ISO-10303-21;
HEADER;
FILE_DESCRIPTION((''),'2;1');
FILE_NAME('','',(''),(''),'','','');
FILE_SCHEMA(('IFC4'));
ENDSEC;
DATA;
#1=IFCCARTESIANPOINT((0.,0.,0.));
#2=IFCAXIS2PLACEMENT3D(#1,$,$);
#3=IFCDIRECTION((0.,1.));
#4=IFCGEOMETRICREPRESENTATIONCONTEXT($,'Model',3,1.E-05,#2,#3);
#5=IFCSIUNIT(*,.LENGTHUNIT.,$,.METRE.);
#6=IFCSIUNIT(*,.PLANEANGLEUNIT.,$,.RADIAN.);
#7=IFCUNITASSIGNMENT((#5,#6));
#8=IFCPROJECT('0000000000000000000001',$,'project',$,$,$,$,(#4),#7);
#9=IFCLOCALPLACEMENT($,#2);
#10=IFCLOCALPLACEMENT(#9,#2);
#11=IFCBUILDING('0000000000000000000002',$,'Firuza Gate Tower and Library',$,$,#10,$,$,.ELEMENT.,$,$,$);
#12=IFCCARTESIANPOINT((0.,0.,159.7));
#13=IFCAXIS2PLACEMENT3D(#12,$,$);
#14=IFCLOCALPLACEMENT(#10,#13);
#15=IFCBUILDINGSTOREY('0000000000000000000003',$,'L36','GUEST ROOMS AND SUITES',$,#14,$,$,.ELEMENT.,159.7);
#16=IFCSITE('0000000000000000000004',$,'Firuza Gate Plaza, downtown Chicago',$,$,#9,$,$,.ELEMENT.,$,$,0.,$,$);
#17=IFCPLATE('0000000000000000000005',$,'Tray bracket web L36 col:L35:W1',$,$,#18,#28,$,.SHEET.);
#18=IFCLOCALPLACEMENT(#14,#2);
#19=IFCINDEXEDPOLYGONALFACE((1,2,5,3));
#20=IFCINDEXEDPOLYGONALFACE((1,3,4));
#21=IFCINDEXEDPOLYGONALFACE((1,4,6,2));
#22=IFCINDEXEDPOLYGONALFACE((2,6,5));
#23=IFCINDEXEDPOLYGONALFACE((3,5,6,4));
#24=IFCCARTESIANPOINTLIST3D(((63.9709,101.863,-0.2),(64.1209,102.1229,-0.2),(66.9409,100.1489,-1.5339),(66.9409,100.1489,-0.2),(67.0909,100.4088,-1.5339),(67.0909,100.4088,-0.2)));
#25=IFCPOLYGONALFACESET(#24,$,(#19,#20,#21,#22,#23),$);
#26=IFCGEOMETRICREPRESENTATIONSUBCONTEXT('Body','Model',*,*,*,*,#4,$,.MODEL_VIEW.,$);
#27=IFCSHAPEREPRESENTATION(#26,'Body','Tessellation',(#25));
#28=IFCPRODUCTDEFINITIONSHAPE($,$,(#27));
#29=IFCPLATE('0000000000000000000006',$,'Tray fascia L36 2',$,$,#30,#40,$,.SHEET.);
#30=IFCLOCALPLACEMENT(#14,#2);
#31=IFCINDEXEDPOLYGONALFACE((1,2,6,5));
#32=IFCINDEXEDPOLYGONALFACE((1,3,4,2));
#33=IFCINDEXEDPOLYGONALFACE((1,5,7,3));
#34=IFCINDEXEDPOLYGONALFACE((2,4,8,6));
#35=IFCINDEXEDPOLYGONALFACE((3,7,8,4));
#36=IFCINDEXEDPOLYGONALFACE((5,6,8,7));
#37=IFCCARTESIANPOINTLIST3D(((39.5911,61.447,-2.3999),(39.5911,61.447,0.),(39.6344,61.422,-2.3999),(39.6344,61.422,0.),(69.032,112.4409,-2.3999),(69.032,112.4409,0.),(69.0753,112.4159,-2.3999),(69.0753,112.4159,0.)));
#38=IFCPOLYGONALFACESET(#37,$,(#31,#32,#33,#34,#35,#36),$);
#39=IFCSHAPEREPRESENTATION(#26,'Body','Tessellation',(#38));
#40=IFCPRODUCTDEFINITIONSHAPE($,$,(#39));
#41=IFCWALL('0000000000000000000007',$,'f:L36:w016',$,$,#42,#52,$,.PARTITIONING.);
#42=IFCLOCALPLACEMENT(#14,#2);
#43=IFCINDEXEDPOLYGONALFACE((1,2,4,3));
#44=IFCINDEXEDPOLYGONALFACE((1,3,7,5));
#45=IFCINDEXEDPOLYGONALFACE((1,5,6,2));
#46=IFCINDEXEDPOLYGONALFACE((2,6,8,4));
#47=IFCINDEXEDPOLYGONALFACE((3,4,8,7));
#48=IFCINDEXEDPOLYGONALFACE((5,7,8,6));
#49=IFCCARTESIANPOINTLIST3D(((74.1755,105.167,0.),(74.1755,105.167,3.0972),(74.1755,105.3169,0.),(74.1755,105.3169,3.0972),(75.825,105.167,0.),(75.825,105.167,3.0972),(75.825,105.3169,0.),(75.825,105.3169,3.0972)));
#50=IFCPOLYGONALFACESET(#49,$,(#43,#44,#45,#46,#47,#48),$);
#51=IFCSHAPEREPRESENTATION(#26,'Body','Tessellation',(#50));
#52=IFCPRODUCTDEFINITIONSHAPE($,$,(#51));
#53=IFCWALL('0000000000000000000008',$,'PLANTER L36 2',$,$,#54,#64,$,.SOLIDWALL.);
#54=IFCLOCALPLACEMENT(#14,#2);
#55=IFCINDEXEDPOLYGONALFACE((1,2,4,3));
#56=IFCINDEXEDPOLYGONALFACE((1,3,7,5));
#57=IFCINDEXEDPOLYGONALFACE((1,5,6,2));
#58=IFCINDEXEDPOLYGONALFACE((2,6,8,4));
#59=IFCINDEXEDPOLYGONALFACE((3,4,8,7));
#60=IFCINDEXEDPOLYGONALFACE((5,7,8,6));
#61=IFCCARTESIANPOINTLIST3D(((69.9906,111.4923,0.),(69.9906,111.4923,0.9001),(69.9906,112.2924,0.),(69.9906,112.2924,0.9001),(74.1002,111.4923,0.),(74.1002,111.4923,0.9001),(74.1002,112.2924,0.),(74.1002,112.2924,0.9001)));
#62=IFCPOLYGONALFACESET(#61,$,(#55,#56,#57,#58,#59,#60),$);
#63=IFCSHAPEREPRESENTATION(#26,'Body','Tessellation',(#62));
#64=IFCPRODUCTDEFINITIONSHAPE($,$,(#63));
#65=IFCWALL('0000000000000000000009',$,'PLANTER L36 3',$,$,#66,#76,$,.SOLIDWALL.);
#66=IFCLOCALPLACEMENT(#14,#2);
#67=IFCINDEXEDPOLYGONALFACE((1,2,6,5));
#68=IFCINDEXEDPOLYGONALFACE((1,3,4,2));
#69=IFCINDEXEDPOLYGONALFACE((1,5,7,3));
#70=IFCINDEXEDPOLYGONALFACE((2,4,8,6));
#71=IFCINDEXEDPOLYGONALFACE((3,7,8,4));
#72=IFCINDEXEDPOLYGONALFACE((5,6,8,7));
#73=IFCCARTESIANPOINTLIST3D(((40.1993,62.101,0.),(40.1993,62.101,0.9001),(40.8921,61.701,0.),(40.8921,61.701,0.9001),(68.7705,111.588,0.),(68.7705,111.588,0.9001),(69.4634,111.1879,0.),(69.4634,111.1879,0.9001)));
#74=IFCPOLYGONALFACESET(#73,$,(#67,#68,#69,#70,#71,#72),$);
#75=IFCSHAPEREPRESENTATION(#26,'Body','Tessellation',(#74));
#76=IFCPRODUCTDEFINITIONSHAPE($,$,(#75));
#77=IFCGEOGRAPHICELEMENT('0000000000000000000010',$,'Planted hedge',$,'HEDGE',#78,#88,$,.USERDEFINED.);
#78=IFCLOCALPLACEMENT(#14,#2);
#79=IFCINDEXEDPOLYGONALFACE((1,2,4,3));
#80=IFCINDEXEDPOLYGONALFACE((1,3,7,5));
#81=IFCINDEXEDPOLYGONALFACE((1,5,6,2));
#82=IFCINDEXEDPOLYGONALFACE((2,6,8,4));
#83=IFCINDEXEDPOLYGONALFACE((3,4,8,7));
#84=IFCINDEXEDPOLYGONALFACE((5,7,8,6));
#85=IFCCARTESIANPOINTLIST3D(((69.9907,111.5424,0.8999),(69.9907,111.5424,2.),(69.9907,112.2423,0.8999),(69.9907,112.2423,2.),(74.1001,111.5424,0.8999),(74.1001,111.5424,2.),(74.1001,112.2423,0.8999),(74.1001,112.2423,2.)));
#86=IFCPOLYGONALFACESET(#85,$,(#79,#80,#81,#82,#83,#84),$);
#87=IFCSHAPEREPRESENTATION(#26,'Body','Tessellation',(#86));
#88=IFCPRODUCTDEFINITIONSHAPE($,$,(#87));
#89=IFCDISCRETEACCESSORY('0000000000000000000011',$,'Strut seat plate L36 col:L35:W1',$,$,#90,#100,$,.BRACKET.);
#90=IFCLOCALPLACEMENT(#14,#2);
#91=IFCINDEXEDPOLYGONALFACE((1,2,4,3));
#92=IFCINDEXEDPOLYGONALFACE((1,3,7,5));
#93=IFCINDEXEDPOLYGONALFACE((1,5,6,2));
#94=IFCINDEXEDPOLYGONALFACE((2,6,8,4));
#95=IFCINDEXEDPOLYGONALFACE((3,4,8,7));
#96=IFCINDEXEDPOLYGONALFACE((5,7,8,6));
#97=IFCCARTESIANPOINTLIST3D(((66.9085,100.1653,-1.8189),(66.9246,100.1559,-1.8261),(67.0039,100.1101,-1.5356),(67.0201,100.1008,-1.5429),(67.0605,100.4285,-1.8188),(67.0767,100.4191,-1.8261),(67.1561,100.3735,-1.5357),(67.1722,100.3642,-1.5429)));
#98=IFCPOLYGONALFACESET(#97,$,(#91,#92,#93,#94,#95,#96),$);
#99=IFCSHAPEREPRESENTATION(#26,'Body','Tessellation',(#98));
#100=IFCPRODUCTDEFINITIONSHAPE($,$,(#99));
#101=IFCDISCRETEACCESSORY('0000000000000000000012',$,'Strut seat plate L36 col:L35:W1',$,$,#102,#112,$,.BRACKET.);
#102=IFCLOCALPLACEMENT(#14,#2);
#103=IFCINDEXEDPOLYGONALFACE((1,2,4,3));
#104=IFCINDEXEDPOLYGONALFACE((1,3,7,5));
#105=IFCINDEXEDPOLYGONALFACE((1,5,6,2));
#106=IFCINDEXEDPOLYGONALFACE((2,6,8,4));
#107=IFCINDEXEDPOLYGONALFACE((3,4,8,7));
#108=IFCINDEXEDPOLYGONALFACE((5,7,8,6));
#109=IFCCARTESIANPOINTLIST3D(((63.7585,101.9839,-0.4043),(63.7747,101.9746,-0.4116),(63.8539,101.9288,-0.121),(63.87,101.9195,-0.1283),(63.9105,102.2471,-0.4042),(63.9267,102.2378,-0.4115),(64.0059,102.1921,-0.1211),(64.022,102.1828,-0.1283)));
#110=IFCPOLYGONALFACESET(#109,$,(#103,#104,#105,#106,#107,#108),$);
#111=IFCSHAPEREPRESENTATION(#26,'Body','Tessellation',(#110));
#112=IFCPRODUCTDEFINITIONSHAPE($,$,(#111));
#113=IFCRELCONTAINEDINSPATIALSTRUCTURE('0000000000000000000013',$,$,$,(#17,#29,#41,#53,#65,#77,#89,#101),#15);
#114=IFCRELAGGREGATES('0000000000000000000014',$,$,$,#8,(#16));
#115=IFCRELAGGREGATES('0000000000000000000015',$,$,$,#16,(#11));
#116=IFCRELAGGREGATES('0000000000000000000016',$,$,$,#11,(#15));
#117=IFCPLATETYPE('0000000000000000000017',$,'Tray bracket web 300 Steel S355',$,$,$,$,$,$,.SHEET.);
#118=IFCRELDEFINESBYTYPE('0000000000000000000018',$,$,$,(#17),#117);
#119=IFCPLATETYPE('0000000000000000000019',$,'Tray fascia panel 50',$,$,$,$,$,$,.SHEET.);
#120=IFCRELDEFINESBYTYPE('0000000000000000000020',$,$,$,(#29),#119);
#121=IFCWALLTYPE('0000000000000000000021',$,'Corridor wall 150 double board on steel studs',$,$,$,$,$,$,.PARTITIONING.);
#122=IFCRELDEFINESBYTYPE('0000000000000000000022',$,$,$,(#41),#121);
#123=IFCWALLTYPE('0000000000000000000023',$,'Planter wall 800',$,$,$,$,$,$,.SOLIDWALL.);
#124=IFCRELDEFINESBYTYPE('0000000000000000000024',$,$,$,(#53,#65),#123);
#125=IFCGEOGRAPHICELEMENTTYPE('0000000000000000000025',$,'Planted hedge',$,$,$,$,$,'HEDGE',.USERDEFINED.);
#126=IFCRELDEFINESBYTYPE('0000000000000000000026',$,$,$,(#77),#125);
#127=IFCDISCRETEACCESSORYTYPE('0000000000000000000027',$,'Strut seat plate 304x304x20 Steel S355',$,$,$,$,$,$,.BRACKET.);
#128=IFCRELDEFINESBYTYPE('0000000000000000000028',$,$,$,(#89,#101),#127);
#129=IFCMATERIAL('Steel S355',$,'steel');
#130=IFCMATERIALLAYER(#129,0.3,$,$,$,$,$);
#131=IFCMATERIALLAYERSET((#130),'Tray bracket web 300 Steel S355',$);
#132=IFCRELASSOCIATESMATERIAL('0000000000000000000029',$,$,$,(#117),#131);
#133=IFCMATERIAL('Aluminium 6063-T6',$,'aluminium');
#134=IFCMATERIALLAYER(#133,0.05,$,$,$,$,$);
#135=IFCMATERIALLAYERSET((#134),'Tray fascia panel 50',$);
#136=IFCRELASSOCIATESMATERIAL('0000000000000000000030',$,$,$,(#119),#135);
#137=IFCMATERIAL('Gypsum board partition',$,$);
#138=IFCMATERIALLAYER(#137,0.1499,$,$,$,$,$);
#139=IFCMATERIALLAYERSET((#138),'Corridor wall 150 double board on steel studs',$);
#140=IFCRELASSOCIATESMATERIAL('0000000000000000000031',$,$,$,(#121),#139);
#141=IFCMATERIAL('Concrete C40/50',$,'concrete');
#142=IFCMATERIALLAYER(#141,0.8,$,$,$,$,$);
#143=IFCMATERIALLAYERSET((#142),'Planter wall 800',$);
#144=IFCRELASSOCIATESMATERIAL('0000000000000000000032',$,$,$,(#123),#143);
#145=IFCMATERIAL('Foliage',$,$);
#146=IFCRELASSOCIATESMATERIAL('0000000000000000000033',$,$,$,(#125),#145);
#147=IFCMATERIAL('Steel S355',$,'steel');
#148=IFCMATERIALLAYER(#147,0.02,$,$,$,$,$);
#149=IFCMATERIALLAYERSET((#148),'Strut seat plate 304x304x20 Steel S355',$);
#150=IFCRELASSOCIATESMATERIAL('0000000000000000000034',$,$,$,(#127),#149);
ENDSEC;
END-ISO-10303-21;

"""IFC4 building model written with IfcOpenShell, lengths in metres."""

from ifc_helpers import new_model, si_unit, direction, frame, frame_2d, origin, origin_2d, place, context, subcontext, project, spatial, polyline, rectangle, outline, extrude, material, layer, layer_set, type_object, element, save


model = new_model("IFC4")

# Units and contexts
model_context = context("Model", 3, precision=1e-05, world=origin(), true_north=direction((0.0, 1.0)))
body_context = subcontext(model_context, "Body", "Model", "MODEL_VIEW")
ifc_project = project(units=[si_unit("LENGTHUNIT", "METRE"), si_unit("PLANEANGLEUNIT", "RADIAN")], contexts=[model_context])

# Site, building, storey
site_placement = place(None, origin())
site = spatial("IfcSite", under=ifc_project, at=site_placement, Name="Firuza Gate Plaza, downtown Chicago", CompositionType="ELEMENT", RefElevation=0.0)
building_placement = place(site_placement, origin())
building = spatial("IfcBuilding", under=site, at=building_placement, Name="Firuza Gate Tower and Library", CompositionType="ELEMENT")
storey_placement = place(building_placement, frame((0.0, 0.0, 159.7)))
storey = spatial("IfcBuildingStorey", under=building, at=storey_placement, Name="L36", Description="GUEST ROOMS AND SUITES", CompositionType="ELEMENT", Elevation=159.7)

# Plates
ifc_material_1 = material(Name="Steel S355", Category="steel")
ifc_layer_1 = layer(ifc_material_1, 0.3)
ifc_layer_set_1 = layer_set([ifc_layer_1], Name="Tray bracket web 300 Steel S355")
plate_type_1 = type_object("IfcPlateType", Name="Tray bracket web 300 Steel S355", PredefinedType="SHEET", material=ifc_layer_set_1)
plate_1_placement = place(storey_placement, frame((66.9409, 100.1489, -0.2), z_axis=(-0.499868, -0.866101, 0.0), x_axis=(-0.866101, 0.499868, 0.0)))
element("IfcPlate", 1, at=plate_1_placement, inside=storey, type_object=plate_type_1, Name="Tray bracket web L36 col:L35:W1", PredefinedType="SHEET", context=body_context, shape_type="SweptSolid", body=[
    extrude(outline(polyline([(0.0, 0.0), (3.4291, 0.0), (0.0, 1.334), (0.0, 0.0)])), origin(), (0.0, 0.0, -1.0), 0.3),
])
ifc_material_2 = material(Name="Aluminium 6063-T6", Category="aluminium")
ifc_layer_2 = layer(ifc_material_2, 0.05)
ifc_layer_set_2 = layer_set([ifc_layer_2], Name="Tray fascia panel 50")
plate_type_2 = type_object("IfcPlateType", Name="Tray fascia panel 50", PredefinedType="SHEET", material=ifc_layer_set_2)
plate_2_placement = place(storey_placement, frame((69.032, 112.4409, -2.3999), z_axis=(-0.866029, 0.499995, 0.0), x_axis=(-0.499995, -0.866029, 0.0)))
element("IfcPlate", 2, at=plate_2_placement, inside=storey, type_object=plate_type_2, Name="Tray fascia L36 2", PredefinedType="SHEET", context=body_context, shape_type="SweptSolid", body=[
    extrude(outline(polyline([(0.0, 0.0), (58.8825, 0.0), (58.8825, 2.3999), (0.0, 2.3999), (0.0, 0.0)])), origin(), (0.0, 0.0, -1.0), 0.05),
])

# Walls
ifc_material_3 = material(Name="Gypsum board partition")
ifc_layer_3 = layer(ifc_material_3, 0.1499)
ifc_layer_set_3 = layer_set([ifc_layer_3], Name="Corridor wall 150 double board on steel studs")
wall_type_1 = type_object("IfcWallType", Name="Corridor wall 150 double board on steel studs", PredefinedType="PARTITIONING", material=ifc_layer_set_3)
wall_1_placement = place(storey_placement, frame((74.1755, 105.2419, 0.0), z_axis=(0.0, 0.0, 1.0), x_axis=(1.0, 0.0, 0.0)))
element("IfcWall", 3, at=wall_1_placement, inside=storey, type_object=wall_type_1, Name="f:L36:w016", PredefinedType="PARTITIONING", context=body_context, shape_type="SweptSolid", body=[
    extrude(rectangle(XDim=1.6494, YDim=0.1499, at=frame_2d((0.8247, 0.0))), origin(), (0.0, 0.0, 1.0), 3.0972),
])
ifc_material_4 = material(Name="Concrete C40/50", Category="concrete")
ifc_layer_4 = layer(ifc_material_4, 0.8)
ifc_layer_set_4 = layer_set([ifc_layer_4], Name="Planter wall 800")
wall_type_2 = type_object("IfcWallType", Name="Planter wall 800", PredefinedType="SOLIDWALL", material=ifc_layer_set_4)
wall_2_placement = place(storey_placement, frame((74.1001, 111.8923, 0.0), z_axis=(0.0, 0.0, 1.0), x_axis=(-1.0, 0.0, 0.0)))
element("IfcWall", 4, at=wall_2_placement, inside=storey, type_object=wall_type_2, Name="PLANTER L36 2", PredefinedType="SOLIDWALL", context=body_context, shape_type="SweptSolid", body=[
    extrude(rectangle(XDim=4.1096, YDim=0.8, at=frame_2d((2.0547, 0.0))), origin(), (0.0, 0.0, 1.0), 0.9001),
])
wall_3_placement = place(storey_placement, frame((69.1169, 111.3879, 0.0), z_axis=(0.0, 0.0, 1.0), x_axis=(-0.499999, -0.866026, 0.0)))
element("IfcWall", 5, at=wall_3_placement, inside=storey, type_object=wall_type_2, Name="PLANTER L36 3", PredefinedType="SOLIDWALL", context=body_context, shape_type="SweptSolid", body=[
    extrude(rectangle(XDim=57.1426, YDim=0.8, at=frame_2d((28.5713, 0.0))), origin(), (0.0, 0.0, 1.0), 0.9001),
])

# Geographic element
ifc_material_5 = material(Name="Foliage")
geographic_element_type = type_object("IfcGeographicElementType", Name="Planted hedge", ElementType="HEDGE", PredefinedType="USERDEFINED", material=ifc_material_5)
geographic_element_placement = place(storey_placement, frame((72.0454, 111.8923, 0.8999), z_axis=(0.0, 0.0, 1.0), x_axis=(-1.0, 0.0, 0.0)))
element("IfcGeographicElement", 6, at=geographic_element_placement, inside=storey, type_object=geographic_element_type, Name="Planted hedge", ObjectType="HEDGE", PredefinedType="USERDEFINED", context=body_context, shape_type="SweptSolid", body=[
    extrude(rectangle(XDim=4.1094, YDim=0.7, at=origin_2d()), origin(), (0.0, 0.0, 1.0), 1.1001),
])

# Discrete accessories
ifc_material_6 = material(Name="Steel S355", Category="steel")
ifc_layer_5 = layer(ifc_material_6, 0.02)
ifc_layer_set_5 = layer_set([ifc_layer_5], Name="Strut seat plate 304x304x20 Steel S355")
discrete_accessory_type = type_object("IfcDiscreteAccessoryType", Name="Strut seat plate 304x304x20 Steel S355", PredefinedType="BRACKET", material=ifc_layer_set_5)
discrete_accessory_1_placement = place(storey_placement, frame((67.0039, 100.1101, -1.5356), z_axis=(-0.806974, 0.466152, 0.362624), x_axis=(0.500174, 0.865925, -0.000068)))
element("IfcDiscreteAccessory", 7, at=discrete_accessory_1_placement, inside=storey, type_object=discrete_accessory_type, Name="Strut seat plate L36 col:L35:W1", PredefinedType="BRACKET", context=body_context, shape_type="SweptSolid", body=[
    extrude(outline(polyline([(0.0, 0.0), (0.3042, 0.0), (0.304, 0.3039), (0.0001, 0.3039), (0.0, 0.0)])), origin(), (0.0, 0.0, -1.0), 0.02),
])
discrete_accessory_2_placement = place(storey_placement, frame((64.0059, 102.1921, -0.1211), z_axis=(-0.807237, 0.46593, 0.362322), x_axis=(-0.499834, -0.866121, 0.000185)))
element("IfcDiscreteAccessory", 8, at=discrete_accessory_2_placement, inside=storey, type_object=discrete_accessory_type, Name="Strut seat plate L36 col:L35:W1", PredefinedType="BRACKET", context=body_context, shape_type="SweptSolid", body=[
    extrude(outline(polyline([(0.0, 0.0), (0.3041, 0.0), (0.3039, -0.3039), (0.0, -0.3038), (0.0, 0.0)])), origin(), (0.0, 0.0, -1.0), 0.02),
])

save(model, "model.ifc")
